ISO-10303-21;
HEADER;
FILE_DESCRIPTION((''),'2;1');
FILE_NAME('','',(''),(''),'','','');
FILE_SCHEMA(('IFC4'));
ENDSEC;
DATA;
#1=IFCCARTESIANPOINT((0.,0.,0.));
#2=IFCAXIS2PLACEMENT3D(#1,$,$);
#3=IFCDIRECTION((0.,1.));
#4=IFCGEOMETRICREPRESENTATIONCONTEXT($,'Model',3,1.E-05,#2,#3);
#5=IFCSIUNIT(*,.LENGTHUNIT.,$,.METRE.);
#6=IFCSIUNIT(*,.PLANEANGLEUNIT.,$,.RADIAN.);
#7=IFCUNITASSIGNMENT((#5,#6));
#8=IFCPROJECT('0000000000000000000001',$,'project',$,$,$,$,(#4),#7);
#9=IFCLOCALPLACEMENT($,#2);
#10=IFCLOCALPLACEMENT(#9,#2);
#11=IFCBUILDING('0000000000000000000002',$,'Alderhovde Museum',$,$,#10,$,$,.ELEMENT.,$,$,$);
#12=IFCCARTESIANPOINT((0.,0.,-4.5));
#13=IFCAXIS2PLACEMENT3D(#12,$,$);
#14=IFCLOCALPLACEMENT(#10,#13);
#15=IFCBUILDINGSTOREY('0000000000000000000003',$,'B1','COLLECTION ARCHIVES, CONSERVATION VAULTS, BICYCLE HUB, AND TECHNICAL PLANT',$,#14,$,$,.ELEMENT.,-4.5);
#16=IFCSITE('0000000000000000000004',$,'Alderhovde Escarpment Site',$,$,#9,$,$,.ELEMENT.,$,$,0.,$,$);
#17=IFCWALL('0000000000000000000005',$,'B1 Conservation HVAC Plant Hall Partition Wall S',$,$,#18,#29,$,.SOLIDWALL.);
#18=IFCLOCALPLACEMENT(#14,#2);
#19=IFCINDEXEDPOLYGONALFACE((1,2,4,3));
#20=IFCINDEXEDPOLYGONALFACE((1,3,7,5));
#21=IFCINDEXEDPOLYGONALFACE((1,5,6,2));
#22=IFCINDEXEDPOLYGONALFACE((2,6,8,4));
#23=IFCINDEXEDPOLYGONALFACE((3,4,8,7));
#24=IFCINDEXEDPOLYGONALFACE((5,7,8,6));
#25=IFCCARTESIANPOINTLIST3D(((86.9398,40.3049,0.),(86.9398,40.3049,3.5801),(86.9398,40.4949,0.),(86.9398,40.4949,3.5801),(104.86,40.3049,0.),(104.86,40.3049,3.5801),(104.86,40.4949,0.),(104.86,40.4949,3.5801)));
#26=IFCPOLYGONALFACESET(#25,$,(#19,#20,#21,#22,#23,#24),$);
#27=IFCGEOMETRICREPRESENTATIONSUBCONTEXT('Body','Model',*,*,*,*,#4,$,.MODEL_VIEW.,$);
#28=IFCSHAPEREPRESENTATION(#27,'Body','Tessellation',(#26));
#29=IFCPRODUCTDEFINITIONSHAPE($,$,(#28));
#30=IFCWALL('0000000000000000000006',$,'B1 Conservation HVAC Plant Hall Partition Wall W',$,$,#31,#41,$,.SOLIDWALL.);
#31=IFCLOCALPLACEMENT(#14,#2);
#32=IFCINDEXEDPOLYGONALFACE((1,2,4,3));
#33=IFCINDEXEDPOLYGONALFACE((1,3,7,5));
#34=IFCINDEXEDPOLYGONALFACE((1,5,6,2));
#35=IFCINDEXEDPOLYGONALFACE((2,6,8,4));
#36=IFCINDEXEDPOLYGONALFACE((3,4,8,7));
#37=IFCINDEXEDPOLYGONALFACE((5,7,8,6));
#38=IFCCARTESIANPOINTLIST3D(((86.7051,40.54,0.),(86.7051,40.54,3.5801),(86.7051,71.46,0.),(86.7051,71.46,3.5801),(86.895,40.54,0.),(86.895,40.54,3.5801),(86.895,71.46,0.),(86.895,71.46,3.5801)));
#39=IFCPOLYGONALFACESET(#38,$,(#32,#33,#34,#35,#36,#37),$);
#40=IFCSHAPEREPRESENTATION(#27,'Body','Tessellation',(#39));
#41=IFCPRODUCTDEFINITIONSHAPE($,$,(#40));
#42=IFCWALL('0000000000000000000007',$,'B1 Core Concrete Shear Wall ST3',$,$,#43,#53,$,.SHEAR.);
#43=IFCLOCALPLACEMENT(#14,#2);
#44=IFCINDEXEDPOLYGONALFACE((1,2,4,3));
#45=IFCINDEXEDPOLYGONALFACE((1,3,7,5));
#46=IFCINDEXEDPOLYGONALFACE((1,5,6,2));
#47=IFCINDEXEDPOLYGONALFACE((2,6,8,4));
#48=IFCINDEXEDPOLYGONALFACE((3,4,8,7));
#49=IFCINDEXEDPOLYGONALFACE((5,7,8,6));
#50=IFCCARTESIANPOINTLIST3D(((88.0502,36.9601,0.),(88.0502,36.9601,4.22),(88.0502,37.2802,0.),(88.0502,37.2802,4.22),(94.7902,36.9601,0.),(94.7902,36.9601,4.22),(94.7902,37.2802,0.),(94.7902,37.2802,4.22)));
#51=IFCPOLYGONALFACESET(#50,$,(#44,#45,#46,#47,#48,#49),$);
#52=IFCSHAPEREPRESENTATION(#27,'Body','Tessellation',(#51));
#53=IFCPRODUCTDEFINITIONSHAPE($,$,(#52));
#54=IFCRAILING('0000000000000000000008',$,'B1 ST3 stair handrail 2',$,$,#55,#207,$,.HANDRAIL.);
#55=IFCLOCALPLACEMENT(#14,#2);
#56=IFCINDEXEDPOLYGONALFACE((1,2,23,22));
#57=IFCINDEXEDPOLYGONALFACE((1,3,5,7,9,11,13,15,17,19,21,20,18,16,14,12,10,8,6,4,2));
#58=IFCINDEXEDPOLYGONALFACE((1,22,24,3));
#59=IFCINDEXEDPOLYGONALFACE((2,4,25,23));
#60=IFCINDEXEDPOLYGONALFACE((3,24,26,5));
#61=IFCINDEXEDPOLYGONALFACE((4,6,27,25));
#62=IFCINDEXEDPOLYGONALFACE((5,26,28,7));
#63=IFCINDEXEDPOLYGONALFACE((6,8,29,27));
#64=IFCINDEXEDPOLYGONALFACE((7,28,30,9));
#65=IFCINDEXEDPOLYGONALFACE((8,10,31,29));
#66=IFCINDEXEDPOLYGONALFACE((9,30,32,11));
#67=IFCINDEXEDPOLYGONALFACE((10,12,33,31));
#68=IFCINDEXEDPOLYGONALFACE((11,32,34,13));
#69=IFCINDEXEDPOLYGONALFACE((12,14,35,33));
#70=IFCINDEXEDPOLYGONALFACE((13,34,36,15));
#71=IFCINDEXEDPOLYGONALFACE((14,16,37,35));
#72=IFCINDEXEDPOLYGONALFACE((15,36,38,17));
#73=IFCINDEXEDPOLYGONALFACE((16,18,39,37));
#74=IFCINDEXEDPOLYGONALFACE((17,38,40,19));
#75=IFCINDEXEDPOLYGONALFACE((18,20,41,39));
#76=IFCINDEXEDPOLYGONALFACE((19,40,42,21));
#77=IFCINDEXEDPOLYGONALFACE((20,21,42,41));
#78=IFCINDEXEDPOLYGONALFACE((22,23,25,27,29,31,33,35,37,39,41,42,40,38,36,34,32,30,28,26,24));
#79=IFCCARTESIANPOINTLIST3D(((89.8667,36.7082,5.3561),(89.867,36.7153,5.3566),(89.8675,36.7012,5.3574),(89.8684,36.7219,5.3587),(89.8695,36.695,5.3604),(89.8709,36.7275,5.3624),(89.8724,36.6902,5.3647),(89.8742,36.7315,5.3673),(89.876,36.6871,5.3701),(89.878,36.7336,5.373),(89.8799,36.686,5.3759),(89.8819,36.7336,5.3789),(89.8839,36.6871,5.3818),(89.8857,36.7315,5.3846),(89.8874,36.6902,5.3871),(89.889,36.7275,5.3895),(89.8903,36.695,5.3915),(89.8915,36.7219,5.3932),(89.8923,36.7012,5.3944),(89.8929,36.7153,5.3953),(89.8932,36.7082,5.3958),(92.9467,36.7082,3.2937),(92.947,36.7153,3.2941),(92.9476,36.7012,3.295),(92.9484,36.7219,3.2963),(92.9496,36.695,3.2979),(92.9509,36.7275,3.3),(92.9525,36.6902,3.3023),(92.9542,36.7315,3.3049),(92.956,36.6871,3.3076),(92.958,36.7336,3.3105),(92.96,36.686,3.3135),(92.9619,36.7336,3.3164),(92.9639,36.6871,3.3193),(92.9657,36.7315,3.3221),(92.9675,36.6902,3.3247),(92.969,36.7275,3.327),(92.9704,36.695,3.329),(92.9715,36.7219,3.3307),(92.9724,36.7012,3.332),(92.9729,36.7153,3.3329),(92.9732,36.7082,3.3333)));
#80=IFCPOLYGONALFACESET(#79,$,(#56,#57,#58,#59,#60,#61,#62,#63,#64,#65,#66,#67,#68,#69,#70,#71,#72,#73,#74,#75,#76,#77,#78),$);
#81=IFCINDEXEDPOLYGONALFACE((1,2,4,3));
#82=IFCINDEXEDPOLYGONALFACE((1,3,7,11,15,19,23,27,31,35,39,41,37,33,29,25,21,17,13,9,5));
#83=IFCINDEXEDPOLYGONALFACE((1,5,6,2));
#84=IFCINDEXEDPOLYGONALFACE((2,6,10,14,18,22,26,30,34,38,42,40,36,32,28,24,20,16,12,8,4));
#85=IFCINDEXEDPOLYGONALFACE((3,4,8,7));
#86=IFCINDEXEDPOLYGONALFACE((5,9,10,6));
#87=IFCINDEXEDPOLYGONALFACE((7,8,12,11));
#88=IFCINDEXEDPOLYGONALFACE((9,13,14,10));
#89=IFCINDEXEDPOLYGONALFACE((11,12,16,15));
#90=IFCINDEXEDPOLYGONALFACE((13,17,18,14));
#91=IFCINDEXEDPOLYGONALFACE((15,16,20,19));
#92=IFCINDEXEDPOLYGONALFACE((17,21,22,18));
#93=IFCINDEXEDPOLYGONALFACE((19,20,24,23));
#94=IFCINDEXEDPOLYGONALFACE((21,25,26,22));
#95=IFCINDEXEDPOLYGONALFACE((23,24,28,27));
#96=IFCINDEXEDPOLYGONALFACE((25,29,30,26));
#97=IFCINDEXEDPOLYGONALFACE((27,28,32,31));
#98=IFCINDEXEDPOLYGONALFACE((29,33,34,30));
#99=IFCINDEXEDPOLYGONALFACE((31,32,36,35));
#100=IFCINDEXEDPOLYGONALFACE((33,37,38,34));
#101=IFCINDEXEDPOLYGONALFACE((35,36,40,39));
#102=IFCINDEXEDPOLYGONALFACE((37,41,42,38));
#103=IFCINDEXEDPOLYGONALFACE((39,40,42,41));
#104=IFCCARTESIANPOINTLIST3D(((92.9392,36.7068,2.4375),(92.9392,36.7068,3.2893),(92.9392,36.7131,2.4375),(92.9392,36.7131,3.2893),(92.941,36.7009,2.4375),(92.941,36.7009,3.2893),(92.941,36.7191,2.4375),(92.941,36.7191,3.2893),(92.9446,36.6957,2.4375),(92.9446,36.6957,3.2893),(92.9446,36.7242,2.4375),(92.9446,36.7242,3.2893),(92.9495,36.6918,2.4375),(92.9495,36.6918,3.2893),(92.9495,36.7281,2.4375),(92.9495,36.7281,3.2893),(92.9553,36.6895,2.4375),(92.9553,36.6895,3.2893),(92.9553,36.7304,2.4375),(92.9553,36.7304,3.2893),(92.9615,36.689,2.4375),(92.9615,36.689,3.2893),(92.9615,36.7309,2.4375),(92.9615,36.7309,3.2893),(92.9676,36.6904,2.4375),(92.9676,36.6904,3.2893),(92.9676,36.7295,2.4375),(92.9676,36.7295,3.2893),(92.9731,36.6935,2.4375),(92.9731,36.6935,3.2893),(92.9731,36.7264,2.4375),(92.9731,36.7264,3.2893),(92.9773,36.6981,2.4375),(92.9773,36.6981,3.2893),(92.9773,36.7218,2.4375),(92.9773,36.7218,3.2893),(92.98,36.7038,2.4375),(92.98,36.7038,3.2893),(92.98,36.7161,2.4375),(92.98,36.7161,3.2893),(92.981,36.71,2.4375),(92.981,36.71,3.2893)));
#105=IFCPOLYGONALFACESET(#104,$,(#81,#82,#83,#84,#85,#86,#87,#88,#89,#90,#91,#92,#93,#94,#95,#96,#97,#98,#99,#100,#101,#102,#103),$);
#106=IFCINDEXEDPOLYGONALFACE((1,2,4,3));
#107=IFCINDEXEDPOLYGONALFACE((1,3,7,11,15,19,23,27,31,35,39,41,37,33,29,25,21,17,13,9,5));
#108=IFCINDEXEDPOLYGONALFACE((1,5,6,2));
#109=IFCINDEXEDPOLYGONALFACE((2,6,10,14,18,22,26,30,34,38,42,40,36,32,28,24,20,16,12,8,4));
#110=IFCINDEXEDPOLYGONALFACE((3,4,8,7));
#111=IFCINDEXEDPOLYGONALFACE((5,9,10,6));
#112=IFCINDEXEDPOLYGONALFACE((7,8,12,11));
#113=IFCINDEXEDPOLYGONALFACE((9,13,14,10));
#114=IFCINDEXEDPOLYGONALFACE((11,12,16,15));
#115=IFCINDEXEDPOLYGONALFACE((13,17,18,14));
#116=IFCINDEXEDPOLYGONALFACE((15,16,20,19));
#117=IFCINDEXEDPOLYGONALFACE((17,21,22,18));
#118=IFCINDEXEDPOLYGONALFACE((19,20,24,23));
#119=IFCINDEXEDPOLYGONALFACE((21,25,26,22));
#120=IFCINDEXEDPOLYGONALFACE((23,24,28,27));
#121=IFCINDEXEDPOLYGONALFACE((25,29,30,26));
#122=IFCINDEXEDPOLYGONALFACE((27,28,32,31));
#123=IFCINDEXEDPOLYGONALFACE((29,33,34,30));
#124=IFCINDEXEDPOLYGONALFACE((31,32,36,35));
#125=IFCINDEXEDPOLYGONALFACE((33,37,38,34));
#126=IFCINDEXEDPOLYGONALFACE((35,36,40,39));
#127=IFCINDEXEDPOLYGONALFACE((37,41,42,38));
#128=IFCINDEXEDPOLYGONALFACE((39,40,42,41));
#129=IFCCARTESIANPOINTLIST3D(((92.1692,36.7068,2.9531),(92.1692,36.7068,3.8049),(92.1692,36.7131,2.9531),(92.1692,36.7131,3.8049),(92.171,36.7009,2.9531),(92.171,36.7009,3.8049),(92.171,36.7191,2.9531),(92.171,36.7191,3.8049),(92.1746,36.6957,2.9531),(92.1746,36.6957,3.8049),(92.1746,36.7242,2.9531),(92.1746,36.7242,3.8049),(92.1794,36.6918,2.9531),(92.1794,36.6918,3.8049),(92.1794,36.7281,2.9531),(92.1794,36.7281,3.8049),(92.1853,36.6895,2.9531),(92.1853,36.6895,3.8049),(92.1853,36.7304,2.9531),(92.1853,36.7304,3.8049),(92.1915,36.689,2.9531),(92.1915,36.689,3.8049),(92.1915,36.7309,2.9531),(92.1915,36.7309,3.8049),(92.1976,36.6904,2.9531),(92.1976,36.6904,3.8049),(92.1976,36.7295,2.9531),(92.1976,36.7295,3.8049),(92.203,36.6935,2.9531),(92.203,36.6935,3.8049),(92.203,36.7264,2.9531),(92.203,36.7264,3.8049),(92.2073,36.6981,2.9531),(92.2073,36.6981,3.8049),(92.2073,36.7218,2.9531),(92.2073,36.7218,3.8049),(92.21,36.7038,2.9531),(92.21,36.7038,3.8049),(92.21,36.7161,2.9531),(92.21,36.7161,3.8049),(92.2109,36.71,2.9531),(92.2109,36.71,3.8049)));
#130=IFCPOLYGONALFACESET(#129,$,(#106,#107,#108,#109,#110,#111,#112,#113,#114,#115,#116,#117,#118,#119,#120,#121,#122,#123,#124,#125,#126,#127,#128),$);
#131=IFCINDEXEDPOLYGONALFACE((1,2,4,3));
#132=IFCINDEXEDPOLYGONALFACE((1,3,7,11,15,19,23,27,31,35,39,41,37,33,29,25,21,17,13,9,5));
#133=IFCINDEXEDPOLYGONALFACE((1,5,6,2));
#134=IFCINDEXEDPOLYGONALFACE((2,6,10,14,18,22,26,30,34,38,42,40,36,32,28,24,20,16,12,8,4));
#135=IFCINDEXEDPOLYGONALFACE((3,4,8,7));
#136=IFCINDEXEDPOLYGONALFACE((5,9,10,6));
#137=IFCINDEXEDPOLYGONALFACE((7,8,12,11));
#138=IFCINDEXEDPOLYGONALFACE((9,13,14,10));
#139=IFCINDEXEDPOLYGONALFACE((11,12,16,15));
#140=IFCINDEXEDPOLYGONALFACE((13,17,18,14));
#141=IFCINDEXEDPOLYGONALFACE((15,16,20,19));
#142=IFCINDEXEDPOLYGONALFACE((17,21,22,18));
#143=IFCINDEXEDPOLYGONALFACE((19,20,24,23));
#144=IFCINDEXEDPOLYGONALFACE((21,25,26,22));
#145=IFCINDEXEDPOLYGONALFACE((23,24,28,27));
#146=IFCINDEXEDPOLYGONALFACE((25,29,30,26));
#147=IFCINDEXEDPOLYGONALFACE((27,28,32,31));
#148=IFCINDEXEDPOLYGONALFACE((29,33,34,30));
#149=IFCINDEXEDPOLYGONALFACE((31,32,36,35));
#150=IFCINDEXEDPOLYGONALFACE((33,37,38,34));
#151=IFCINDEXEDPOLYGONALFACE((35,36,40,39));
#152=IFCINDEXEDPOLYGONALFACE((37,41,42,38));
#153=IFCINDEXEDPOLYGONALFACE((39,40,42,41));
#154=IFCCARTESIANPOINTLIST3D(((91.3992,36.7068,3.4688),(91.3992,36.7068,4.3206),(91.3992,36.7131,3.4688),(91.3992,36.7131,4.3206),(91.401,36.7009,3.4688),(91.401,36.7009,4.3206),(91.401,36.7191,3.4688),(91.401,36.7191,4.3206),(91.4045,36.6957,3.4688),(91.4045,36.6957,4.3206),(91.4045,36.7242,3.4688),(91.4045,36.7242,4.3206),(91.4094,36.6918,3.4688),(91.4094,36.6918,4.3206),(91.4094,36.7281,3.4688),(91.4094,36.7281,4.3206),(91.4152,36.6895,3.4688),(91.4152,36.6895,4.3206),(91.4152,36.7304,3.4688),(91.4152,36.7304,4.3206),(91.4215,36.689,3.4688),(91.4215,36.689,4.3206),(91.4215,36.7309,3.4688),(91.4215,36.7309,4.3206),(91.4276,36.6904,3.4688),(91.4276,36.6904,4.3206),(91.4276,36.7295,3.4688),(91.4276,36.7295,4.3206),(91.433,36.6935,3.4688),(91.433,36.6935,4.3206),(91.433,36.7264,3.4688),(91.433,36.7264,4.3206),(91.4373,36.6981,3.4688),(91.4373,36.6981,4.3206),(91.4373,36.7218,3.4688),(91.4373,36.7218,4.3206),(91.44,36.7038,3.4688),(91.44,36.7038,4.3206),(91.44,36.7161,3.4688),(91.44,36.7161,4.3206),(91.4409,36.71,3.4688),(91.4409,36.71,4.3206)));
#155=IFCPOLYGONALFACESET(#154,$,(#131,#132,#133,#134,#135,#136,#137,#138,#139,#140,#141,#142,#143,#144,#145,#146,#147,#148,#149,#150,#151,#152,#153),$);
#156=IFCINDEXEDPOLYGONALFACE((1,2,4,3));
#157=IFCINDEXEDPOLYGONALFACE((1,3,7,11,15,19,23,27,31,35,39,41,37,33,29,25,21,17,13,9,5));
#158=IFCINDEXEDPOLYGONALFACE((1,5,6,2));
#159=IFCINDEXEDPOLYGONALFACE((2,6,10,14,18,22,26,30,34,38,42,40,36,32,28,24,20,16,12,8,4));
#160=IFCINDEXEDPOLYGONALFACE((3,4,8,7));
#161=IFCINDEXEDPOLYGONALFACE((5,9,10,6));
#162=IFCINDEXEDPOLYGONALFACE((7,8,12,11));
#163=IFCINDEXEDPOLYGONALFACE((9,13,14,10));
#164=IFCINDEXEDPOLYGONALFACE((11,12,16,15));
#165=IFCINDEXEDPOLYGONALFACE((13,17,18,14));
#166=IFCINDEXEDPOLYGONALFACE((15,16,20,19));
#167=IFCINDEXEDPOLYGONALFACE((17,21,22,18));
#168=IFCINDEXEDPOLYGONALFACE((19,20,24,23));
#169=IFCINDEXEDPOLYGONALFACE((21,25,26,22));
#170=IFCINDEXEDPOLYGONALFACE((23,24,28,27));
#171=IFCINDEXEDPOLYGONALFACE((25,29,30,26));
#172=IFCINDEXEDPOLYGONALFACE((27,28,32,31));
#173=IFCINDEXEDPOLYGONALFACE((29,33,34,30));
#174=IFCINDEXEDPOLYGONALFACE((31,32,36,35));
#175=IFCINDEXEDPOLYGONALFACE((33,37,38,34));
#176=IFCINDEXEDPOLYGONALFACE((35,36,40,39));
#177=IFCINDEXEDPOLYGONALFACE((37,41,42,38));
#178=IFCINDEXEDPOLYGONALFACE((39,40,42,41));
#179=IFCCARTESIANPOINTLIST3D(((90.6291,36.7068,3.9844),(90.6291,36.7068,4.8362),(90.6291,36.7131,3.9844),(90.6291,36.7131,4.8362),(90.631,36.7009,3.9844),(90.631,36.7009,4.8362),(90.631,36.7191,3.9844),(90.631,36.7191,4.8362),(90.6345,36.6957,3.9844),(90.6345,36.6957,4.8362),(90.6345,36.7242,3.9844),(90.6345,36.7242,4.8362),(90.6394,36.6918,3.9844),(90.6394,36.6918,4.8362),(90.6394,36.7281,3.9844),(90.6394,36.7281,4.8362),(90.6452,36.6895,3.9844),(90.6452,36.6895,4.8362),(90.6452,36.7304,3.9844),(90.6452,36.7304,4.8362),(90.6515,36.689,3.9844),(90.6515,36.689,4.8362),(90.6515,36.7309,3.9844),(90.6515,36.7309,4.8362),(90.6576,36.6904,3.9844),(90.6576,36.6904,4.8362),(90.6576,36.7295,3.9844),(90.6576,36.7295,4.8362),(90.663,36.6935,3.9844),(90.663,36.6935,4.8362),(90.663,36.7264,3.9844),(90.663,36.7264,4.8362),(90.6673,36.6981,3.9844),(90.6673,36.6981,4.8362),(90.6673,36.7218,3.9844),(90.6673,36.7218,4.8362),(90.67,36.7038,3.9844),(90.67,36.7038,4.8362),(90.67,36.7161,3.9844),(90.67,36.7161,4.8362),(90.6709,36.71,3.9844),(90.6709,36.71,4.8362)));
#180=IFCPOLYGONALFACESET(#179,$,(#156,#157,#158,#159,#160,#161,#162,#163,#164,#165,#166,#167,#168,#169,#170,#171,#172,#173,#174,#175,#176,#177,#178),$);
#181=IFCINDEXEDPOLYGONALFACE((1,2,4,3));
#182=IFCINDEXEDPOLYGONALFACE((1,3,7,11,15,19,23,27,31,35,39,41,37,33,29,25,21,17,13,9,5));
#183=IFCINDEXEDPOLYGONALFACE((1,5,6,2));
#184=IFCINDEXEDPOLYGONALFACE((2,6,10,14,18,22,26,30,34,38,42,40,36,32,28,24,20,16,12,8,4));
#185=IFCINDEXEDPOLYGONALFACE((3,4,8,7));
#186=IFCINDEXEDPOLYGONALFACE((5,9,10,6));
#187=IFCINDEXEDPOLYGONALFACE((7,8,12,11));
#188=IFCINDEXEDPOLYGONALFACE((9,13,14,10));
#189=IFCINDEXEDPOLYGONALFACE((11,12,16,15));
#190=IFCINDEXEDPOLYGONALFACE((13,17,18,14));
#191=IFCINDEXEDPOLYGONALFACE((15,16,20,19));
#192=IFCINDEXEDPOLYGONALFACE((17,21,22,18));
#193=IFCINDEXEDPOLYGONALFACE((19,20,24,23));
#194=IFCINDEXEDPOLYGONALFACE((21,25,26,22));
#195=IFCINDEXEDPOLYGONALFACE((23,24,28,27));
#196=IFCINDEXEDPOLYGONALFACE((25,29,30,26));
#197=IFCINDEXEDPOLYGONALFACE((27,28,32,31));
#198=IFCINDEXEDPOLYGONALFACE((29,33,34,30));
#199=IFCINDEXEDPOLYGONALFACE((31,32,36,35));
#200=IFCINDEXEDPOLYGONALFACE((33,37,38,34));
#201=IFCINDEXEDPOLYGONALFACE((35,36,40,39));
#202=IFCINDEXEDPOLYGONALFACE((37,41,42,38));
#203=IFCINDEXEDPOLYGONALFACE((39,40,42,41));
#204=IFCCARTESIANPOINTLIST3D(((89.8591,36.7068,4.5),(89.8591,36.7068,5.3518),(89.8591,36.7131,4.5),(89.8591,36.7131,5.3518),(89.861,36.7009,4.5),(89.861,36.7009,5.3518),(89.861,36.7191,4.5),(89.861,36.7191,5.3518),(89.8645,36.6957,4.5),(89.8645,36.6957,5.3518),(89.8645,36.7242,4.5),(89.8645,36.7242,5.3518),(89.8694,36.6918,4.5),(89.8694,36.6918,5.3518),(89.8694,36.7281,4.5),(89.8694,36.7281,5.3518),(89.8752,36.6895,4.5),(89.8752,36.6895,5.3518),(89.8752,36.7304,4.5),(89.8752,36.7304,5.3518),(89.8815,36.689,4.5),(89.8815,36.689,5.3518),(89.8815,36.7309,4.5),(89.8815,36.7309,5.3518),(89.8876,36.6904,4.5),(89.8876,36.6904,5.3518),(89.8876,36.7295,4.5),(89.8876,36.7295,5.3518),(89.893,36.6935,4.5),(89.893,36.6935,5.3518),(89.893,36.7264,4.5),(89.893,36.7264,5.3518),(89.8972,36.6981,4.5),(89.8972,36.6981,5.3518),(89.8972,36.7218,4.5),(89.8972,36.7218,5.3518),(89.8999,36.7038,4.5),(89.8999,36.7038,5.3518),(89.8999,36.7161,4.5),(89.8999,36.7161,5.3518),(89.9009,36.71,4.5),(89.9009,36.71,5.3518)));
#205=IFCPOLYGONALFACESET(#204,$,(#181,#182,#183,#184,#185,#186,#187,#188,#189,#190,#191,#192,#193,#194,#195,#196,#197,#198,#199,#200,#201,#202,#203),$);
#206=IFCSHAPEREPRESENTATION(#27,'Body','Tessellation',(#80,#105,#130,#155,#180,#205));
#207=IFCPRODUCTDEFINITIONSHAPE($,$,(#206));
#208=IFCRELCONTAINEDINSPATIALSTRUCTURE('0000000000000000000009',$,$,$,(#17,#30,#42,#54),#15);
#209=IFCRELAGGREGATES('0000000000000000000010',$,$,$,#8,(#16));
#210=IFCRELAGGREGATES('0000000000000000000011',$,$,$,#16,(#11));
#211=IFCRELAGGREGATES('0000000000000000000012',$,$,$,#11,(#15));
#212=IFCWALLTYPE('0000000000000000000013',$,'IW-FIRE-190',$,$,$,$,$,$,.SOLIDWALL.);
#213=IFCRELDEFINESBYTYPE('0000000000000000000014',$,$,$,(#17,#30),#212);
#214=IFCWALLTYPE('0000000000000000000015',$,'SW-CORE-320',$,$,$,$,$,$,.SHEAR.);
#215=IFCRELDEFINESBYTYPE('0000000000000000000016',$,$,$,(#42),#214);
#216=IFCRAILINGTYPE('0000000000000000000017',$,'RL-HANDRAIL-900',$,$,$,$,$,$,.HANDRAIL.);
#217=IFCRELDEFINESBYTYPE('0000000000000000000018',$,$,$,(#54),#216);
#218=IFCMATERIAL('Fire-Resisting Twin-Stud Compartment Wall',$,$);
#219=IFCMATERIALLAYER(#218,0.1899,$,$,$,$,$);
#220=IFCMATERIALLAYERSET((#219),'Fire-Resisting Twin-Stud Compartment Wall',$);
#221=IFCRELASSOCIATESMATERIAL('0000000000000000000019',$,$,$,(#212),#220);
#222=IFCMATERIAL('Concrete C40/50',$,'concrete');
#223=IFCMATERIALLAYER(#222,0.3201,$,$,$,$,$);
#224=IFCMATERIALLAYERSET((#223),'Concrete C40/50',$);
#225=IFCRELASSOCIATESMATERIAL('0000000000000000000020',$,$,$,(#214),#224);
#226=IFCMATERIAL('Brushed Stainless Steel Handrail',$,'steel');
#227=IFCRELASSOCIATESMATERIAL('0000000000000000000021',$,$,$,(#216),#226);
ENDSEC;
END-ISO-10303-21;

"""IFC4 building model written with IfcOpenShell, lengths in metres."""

from ifc_helpers import new_model, si_unit, direction, frame, frame_2d, origin, origin_2d, place, context, subcontext, project, spatial, rectangle, circle, extrude, material, layer, layer_set, type_object, element, save


model = new_model("IFC4")

# Units and contexts
model_context = context("Model", 3, precision=1e-05, world=origin(), true_north=direction((0.0, 1.0)))
body_context = subcontext(model_context, "Body", "Model", "MODEL_VIEW")
ifc_project = project(units=[si_unit("LENGTHUNIT", "METRE"), si_unit("PLANEANGLEUNIT", "RADIAN")], contexts=[model_context])

# Site, building, storey
site_placement = place(None, origin())
site = spatial("IfcSite", under=ifc_project, at=site_placement, Name="Alderhovde Escarpment Site", CompositionType="ELEMENT", RefElevation=0.0)
building_placement = place(site_placement, origin())
building = spatial("IfcBuilding", under=site, at=building_placement, Name="Alderhovde Museum", CompositionType="ELEMENT")
storey_placement = place(building_placement, frame((0.0, 0.0, -4.5)))
storey = spatial("IfcBuildingStorey", under=building, at=storey_placement, Name="B1", Description="COLLECTION ARCHIVES, CONSERVATION VAULTS, BICYCLE HUB, AND TECHNICAL PLANT", CompositionType="ELEMENT", Elevation=-4.5)

# Walls
ifc_material_1 = material(Name="Fire-Resisting Twin-Stud Compartment Wall")
ifc_layer_1 = layer(ifc_material_1, 0.1899)
ifc_layer_set_1 = layer_set([ifc_layer_1], Name="Fire-Resisting Twin-Stud Compartment Wall")
wall_type_1 = type_object("IfcWallType", Name="IW-FIRE-190", PredefinedType="SOLIDWALL", material=ifc_layer_set_1)
wall_1_placement = place(storey_placement, frame((86.9399, 40.3999, 0.0), z_axis=(0.0, 0.0, 1.0), x_axis=(1.0, 0.0, 0.0)))
element("IfcWall", 1, at=wall_1_placement, inside=storey, type_object=wall_type_1, Name="B1 Conservation HVAC Plant Hall Partition Wall S", PredefinedType="SOLIDWALL", context=body_context, shape_type="SweptSolid", body=[
    extrude(rectangle(XDim=17.9202, YDim=0.1899, at=frame_2d((8.96, 0.0))), origin(), (0.0, 0.0, 1.0), 3.5801),
])
wall_2_placement = place(storey_placement, frame((86.8, 40.54, 0.0), z_axis=(0.0, 0.0, 1.0), x_axis=(0.0, 1.0, 0.0)))
element("IfcWall", 2, at=wall_2_placement, inside=storey, type_object=wall_type_1, Name="B1 Conservation HVAC Plant Hall Partition Wall W", PredefinedType="SOLIDWALL", context=body_context, shape_type="SweptSolid", body=[
    extrude(rectangle(XDim=30.9199, YDim=0.1899, at=frame_2d((15.46, 0.0))), origin(), (0.0, 0.0, 1.0), 3.5801),
])
ifc_material_2 = material(Name="Concrete C40/50", Category="concrete")
ifc_layer_2 = layer(ifc_material_2, 0.3201)
ifc_layer_set_2 = layer_set([ifc_layer_2], Name="Concrete C40/50")
wall_type_2 = type_object("IfcWallType", Name="SW-CORE-320", PredefinedType="SHEAR", material=ifc_layer_set_2)
wall_3_placement = place(storey_placement, frame((88.05, 37.1201, 0.0), z_axis=(0.0, 0.0, 1.0), x_axis=(1.0, 0.0, 0.0)))
element("IfcWall", 3, at=wall_3_placement, inside=storey, type_object=wall_type_2, Name="B1 Core Concrete Shear Wall ST3", PredefinedType="SHEAR", context=body_context, shape_type="SweptSolid", body=[
    extrude(rectangle(XDim=6.74, YDim=0.3201, at=frame_2d((3.3701, 0.0))), origin(), (0.0, 0.0, 1.0), 4.22),
])

# Railing
ifc_material_3 = material(Name="Brushed Stainless Steel Handrail", Category="steel")
railing_type = type_object("IfcRailingType", Name="RL-HANDRAIL-900", PredefinedType="HANDRAIL", material=ifc_material_3)
railing_placement = place(storey_placement, frame((92.96, 36.71, 2.4375)))
element("IfcRailing", 4, at=railing_placement, inside=storey, type_object=railing_type, Name="B1 ST3 stair handrail 2", PredefinedType="HANDRAIL", context=body_context, shape_type="SweptSolid", body=[
    extrude(circle(Radius=0.0239, at=origin_2d()), frame((0.0, 0.0, 0.876), z_axis=(-0.830914, 0.0, 0.556401), x_axis=(0.0, -1.0, 0.0)), (0.0, 0.0, 1.0), 3.7068),
    extrude(circle(Radius=0.021, at=origin_2d()), origin(), (0.0, 0.0, 1.0), 0.8518),
    extrude(circle(Radius=0.021, at=origin_2d()), frame((-0.77, 0.0, 0.5156)), (0.0, 0.0, 1.0), 0.8518),
    extrude(circle(Radius=0.021, at=origin_2d()), frame((-1.54, 0.0, 1.0312)), (0.0, 0.0, 1.0), 0.8518),
    extrude(circle(Radius=0.021, at=origin_2d()), frame((-2.3101, 0.0, 1.5469)), (0.0, 0.0, 1.0), 0.8518),
    extrude(circle(Radius=0.021, at=origin_2d()), frame((-3.0801, 0.0, 2.0625)), (0.0, 0.0, 1.0), 0.8518),
])

save(model, "model.ifc")
